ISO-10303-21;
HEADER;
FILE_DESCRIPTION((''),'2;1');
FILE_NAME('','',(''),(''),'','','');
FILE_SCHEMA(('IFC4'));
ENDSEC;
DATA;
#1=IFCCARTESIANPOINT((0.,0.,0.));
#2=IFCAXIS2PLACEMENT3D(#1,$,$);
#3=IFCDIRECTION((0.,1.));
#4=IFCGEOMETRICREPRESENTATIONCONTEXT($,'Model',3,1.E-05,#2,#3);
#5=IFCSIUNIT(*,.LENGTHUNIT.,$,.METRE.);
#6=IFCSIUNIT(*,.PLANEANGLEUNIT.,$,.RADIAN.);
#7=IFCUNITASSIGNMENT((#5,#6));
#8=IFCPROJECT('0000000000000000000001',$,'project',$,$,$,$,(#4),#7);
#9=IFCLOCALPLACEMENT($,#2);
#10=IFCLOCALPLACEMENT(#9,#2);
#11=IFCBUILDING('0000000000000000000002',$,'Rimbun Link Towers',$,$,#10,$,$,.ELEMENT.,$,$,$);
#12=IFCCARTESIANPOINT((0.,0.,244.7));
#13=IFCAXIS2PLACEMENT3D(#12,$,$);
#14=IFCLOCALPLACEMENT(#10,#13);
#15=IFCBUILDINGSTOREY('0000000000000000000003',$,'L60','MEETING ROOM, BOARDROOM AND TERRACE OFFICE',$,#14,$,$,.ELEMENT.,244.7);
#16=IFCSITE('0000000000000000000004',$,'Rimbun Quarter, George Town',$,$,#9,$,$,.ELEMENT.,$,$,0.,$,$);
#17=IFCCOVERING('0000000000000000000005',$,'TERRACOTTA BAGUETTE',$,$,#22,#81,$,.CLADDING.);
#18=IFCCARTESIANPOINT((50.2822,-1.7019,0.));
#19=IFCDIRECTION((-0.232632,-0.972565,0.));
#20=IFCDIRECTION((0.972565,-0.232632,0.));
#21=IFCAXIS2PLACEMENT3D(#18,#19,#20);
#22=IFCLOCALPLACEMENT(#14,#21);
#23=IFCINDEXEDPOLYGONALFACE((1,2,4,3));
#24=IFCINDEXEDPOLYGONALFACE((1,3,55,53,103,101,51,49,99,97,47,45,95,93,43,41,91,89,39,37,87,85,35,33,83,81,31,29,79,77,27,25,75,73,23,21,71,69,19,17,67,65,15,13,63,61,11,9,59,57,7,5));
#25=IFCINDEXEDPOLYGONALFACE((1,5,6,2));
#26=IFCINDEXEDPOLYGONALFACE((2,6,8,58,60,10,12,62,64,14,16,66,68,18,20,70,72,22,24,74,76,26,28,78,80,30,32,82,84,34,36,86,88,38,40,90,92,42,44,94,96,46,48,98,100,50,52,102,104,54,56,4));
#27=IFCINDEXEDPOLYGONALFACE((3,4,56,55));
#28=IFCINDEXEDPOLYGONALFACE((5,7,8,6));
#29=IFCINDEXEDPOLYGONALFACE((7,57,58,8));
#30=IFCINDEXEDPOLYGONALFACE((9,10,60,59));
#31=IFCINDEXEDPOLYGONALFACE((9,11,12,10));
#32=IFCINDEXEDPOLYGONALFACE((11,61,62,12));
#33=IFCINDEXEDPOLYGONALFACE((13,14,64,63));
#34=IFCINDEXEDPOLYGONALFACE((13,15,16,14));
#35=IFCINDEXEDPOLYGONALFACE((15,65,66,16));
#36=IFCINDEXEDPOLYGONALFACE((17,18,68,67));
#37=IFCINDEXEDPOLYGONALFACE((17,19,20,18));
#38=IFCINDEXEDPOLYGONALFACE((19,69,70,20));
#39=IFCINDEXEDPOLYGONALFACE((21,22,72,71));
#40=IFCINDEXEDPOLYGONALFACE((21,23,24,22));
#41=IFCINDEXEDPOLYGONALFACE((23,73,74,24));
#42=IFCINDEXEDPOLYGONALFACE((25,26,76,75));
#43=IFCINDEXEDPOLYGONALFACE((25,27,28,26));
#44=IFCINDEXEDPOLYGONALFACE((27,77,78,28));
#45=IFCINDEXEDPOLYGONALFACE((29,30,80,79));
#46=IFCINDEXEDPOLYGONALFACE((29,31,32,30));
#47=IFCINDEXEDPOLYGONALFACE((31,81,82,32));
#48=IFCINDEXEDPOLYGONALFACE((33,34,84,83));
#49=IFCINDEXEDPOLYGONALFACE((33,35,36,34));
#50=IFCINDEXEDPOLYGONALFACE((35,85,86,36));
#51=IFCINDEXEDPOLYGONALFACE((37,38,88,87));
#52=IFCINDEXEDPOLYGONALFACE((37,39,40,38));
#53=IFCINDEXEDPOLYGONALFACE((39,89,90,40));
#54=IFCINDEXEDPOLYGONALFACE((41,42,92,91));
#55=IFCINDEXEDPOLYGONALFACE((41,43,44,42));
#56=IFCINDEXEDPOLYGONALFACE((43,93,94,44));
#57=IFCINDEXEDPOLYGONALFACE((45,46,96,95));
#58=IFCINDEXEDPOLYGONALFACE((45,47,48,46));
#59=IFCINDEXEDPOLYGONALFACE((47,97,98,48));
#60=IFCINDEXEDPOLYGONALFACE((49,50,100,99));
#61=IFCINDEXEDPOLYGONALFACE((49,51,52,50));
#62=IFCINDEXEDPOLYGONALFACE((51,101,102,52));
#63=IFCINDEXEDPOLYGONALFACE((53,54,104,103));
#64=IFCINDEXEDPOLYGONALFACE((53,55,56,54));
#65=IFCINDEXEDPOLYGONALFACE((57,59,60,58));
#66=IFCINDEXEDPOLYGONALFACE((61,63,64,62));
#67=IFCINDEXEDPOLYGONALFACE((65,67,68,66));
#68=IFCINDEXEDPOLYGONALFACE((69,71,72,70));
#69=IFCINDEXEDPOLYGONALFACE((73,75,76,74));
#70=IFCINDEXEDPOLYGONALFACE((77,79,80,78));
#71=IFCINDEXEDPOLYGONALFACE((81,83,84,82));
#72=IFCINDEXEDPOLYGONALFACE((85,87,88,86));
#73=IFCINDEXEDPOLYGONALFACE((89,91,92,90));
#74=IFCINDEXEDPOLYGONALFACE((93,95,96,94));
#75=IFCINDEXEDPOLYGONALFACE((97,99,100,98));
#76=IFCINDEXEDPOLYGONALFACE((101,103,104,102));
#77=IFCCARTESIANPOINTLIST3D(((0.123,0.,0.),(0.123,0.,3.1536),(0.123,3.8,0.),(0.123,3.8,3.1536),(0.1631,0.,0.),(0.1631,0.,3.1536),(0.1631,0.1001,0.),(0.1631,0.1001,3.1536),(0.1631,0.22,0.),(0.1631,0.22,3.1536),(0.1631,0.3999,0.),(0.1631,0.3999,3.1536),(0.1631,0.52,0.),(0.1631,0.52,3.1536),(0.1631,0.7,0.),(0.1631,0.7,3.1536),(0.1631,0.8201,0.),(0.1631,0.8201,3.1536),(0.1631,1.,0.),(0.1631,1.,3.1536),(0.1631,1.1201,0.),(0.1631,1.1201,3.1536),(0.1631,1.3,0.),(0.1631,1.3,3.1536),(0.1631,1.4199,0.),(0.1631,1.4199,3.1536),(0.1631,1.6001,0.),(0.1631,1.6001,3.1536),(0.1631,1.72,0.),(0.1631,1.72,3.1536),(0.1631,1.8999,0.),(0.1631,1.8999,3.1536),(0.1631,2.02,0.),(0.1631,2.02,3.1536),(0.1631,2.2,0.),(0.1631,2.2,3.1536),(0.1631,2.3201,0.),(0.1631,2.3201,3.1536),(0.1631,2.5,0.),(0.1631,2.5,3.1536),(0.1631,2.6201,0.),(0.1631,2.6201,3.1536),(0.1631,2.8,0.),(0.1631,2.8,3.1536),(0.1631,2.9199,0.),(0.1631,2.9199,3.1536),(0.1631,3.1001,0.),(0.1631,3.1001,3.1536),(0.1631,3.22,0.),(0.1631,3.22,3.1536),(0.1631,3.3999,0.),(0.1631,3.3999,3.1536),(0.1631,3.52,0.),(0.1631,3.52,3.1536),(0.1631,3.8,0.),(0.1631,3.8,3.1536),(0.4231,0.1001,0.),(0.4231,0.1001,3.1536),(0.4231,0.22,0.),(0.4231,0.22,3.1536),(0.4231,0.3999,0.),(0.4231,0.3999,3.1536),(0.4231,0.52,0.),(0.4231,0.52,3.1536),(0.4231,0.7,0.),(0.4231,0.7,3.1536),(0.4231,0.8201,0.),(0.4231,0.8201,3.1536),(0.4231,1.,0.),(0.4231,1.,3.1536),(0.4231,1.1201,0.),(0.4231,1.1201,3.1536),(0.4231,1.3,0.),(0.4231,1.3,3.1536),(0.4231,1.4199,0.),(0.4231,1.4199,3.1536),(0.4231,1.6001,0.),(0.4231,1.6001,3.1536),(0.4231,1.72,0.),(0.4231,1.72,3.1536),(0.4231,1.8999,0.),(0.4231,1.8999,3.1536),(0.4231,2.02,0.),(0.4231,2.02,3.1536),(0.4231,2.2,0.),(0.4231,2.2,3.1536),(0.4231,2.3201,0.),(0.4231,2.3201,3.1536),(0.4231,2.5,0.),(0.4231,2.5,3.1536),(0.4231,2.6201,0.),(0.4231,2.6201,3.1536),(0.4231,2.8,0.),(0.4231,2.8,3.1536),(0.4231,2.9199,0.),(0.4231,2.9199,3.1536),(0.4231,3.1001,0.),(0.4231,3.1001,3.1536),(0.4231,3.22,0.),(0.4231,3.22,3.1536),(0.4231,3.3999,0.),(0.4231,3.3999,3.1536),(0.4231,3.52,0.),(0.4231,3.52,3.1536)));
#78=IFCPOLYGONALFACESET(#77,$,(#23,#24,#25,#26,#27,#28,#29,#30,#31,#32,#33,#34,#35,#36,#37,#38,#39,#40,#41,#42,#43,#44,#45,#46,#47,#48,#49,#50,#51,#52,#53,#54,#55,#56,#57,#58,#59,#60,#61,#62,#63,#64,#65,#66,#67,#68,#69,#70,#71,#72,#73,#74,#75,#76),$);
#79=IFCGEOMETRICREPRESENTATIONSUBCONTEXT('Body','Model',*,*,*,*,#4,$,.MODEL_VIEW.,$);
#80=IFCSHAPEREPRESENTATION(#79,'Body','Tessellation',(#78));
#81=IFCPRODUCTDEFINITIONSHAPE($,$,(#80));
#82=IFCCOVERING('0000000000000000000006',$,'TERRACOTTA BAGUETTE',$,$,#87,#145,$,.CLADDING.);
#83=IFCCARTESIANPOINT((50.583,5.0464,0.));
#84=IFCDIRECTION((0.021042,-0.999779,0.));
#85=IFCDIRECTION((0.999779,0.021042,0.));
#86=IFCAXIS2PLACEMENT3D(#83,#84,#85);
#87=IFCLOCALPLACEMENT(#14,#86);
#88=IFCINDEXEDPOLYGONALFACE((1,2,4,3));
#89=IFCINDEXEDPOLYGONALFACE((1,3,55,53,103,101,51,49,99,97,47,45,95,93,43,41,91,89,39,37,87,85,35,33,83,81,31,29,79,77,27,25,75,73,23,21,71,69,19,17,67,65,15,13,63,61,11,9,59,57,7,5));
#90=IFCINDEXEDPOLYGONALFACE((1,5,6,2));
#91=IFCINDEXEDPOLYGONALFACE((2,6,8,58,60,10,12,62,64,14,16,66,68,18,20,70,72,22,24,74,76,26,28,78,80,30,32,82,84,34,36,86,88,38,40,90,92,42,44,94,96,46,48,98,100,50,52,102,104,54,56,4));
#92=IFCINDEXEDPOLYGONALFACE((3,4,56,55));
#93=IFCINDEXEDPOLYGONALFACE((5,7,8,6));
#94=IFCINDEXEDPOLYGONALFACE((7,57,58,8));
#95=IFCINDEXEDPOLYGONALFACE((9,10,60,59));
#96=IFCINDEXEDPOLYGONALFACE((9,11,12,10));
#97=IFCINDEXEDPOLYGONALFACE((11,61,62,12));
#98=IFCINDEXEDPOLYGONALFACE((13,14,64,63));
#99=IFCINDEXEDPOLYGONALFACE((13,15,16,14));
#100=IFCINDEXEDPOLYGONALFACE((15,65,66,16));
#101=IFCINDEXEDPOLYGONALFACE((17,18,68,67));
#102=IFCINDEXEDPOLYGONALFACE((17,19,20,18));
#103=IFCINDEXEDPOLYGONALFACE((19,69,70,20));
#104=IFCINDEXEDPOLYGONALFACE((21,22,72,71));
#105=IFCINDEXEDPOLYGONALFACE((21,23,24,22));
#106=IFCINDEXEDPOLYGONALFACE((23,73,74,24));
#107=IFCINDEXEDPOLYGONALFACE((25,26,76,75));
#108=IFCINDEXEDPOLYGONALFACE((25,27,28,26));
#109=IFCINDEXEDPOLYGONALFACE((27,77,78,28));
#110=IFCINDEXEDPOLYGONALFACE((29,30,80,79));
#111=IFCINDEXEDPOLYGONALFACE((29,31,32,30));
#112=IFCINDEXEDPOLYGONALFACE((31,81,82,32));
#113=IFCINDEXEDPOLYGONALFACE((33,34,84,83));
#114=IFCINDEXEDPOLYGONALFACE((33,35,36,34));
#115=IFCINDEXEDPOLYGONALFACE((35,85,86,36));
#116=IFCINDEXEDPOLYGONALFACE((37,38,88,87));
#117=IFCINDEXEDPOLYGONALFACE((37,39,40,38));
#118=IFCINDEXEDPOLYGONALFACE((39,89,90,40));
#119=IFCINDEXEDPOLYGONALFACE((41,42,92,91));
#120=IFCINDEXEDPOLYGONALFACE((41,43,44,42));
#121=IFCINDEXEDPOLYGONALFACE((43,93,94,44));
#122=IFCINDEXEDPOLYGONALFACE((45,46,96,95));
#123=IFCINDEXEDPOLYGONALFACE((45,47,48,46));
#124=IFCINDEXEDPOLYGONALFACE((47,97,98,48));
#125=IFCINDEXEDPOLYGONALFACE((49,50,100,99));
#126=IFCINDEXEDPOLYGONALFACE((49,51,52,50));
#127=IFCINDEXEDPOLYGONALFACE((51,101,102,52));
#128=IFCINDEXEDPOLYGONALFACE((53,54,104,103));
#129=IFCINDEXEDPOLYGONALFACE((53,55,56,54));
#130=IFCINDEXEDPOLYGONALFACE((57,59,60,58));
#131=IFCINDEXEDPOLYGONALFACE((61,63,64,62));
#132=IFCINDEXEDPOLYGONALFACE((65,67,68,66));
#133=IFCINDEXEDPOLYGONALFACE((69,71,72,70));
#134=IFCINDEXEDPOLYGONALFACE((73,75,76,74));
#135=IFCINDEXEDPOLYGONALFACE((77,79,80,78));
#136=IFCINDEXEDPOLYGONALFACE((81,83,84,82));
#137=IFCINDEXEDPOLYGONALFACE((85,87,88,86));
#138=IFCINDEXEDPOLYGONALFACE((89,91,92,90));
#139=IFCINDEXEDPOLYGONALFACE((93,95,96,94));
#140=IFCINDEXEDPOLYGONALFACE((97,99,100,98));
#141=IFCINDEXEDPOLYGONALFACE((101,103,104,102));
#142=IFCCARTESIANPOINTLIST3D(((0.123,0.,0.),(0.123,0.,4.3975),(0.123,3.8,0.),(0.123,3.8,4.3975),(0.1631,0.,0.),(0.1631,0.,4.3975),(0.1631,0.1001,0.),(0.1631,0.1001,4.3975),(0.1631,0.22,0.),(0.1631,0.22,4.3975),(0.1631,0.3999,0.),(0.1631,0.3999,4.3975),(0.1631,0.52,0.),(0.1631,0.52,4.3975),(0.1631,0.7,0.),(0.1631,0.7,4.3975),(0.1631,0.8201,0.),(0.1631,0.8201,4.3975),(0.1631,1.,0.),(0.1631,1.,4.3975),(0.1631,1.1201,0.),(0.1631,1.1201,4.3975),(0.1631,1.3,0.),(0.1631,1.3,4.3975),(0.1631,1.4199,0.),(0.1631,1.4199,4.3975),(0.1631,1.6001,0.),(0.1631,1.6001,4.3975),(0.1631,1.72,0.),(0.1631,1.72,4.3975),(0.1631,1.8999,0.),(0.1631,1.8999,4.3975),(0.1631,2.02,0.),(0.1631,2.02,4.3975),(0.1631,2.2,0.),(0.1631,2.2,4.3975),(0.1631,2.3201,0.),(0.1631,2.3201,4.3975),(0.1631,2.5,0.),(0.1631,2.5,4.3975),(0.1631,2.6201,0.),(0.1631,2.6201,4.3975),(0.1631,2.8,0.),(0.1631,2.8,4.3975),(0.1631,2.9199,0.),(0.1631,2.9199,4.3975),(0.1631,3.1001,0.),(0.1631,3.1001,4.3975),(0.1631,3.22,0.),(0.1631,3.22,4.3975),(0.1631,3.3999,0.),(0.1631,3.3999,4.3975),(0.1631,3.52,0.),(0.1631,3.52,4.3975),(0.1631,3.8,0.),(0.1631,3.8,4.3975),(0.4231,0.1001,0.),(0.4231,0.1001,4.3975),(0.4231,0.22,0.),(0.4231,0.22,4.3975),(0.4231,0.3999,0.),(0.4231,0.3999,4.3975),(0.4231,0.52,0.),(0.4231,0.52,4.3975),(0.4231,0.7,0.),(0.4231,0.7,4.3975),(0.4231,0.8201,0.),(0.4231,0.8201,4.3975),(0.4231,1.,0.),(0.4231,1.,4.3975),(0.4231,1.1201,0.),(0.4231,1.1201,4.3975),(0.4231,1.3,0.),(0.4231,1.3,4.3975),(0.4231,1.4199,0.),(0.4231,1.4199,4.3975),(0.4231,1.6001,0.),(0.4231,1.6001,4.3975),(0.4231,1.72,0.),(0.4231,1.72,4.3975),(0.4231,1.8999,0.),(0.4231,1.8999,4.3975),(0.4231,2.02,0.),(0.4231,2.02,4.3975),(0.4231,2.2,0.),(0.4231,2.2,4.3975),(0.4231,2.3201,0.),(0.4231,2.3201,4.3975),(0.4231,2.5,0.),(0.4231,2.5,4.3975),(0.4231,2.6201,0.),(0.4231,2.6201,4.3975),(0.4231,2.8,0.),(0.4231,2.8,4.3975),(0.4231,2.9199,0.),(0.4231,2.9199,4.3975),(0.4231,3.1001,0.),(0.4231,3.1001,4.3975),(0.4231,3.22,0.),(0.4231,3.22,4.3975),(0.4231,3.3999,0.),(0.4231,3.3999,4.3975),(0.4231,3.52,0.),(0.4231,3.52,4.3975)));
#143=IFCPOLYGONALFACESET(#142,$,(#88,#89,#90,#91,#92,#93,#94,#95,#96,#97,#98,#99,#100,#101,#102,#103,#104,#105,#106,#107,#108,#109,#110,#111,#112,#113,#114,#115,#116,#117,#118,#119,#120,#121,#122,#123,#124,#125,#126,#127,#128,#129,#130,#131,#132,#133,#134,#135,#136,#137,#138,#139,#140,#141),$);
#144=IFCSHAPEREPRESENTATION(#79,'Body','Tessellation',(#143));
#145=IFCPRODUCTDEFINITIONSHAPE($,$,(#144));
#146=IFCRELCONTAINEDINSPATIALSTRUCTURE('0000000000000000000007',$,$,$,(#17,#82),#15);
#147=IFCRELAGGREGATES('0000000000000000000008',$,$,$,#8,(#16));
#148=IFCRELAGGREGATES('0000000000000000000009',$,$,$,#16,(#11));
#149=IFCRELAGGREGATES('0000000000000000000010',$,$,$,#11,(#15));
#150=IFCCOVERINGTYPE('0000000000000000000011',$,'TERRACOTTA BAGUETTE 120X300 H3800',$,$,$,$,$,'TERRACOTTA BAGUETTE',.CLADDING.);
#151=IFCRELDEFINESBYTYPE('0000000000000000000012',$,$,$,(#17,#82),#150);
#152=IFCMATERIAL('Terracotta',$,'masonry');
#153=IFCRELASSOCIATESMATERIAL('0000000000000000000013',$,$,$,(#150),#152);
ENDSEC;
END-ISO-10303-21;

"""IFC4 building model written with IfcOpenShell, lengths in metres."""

from ifc_helpers import new_model, si_unit, direction, frame, origin, place, context, subcontext, project, spatial, polyline, outline, extrude, material, material_profile, profile_set, type_object, element, save


model = new_model("IFC4")

# Units and contexts
model_context = context("Model", 3, precision=1e-05, world=origin(), true_north=direction((0.0, 1.0)))
body_context = subcontext(model_context, "Body", "Model", "MODEL_VIEW")
ifc_project = project(units=[si_unit("LENGTHUNIT", "METRE"), si_unit("PLANEANGLEUNIT", "RADIAN")], contexts=[model_context])

# Site, building, storey
site_placement = place(None, origin())
site = spatial("IfcSite", under=ifc_project, at=site_placement, Name="Rimbun Quarter, George Town", CompositionType="ELEMENT", RefElevation=0.0)
building_placement = place(site_placement, origin())
building = spatial("IfcBuilding", under=site, at=building_placement, Name="Rimbun Link Towers", CompositionType="ELEMENT")
storey_placement = place(building_placement, frame((0.0, 0.0, 244.7)))
storey = spatial("IfcBuildingStorey", under=building, at=storey_placement, Name="L60", Description="MEETING ROOM, BOARDROOM AND TERRACE OFFICE", CompositionType="ELEMENT", Elevation=244.7)

# Coverings
ifc_material_1 = material(Name="Terracotta", Category="masonry")
ifc_material_profile_1 = material_profile(ifc_material_1, outline(polyline([(0.123, 0.0), (0.1631, 0.0), (0.1631, 0.1001), (0.4231, 0.1001), (0.4231, 0.22), (0.1631, 0.22), (0.1631, 0.3999), (0.4231, 0.3999), (0.4231, 0.52), (0.1631, 0.52), (0.1631, 0.7), (0.4231, 0.7), (0.4231, 0.8201), (0.1631, 0.8201), (0.1631, 1.0), (0.4231, 1.0), (0.4231, 1.1201), (0.1631, 1.1201), (0.1631, 1.3), (0.4231, 1.3), (0.4231, 1.4199), (0.1631, 1.4199), (0.1631, 1.6001), (0.4231, 1.6001), (0.4231, 1.72), (0.1631, 1.72), (0.1631, 1.8999), (0.4231, 1.8999), (0.4231, 2.02), (0.1631, 2.02), (0.1631, 2.2), (0.4231, 2.2), (0.4231, 2.3201), (0.1631, 2.3201), (0.1631, 2.5), (0.4231, 2.5), (0.4231, 2.6201), (0.1631, 2.6201), (0.1631, 2.8), (0.4231, 2.8), (0.4231, 2.9199), (0.1631, 2.9199), (0.1631, 3.1001), (0.4231, 3.1001), (0.4231, 3.22), (0.1631, 3.22), (0.1631, 3.3999), (0.4231, 3.3999), (0.4231, 3.52), (0.1631, 3.52), (0.1631, 3.8), (0.123, 3.8), (0.123, 0.0)])), Name="BAGUETTE 120X300")
ifc_profile_set_1 = profile_set([ifc_material_profile_1], Name="Terracotta")
covering_type = type_object("IfcCoveringType", Name="TERRACOTTA BAGUETTE 120X300 H3800", ElementType="TERRACOTTA BAGUETTE", PredefinedType="CLADDING", material=ifc_profile_set_1)
covering_1_placement = place(storey_placement, frame((50.2822, -1.7019, 0.0), z_axis=(-0.232632, -0.972565, 0.0), x_axis=(0.972565, -0.232632, 0.0)))
element("IfcCovering", 1, at=covering_1_placement, inside=storey, type_object=covering_type, Name="TERRACOTTA BAGUETTE", PredefinedType="CLADDING", context=body_context, shape_type="SweptSolid", body=[
    extrude(outline(polyline([(0.123, 0.0), (0.1631, 0.0), (0.1631, 0.1001), (0.4231, 0.1001), (0.4231, 0.22), (0.1631, 0.22), (0.1631, 0.3999), (0.4231, 0.3999), (0.4231, 0.52), (0.1631, 0.52), (0.1631, 0.7), (0.4231, 0.7), (0.4231, 0.8201), (0.1631, 0.8201), (0.1631, 1.0), (0.4231, 1.0), (0.4231, 1.1201), (0.1631, 1.1201), (0.1631, 1.3), (0.4231, 1.3), (0.4231, 1.4199), (0.1631, 1.4199), (0.1631, 1.6001), (0.4231, 1.6001), (0.4231, 1.72), (0.1631, 1.72), (0.1631, 1.8999), (0.4231, 1.8999), (0.4231, 2.02), (0.1631, 2.02), (0.1631, 2.2), (0.4231, 2.2), (0.4231, 2.3201), (0.1631, 2.3201), (0.1631, 2.5), (0.4231, 2.5), (0.4231, 2.6201), (0.1631, 2.6201), (0.1631, 2.8), (0.4231, 2.8), (0.4231, 2.9199), (0.1631, 2.9199), (0.1631, 3.1001), (0.4231, 3.1001), (0.4231, 3.22), (0.1631, 3.22), (0.1631, 3.3999), (0.4231, 3.3999), (0.4231, 3.52), (0.1631, 3.52), (0.1631, 3.8), (0.123, 3.8), (0.123, 0.0)])), origin(), (0.0, 0.0, 1.0), 3.1536),
])
covering_2_placement = place(storey_placement, frame((50.583, 5.0464, 0.0), z_axis=(0.021042, -0.999779, 0.0), x_axis=(0.999779, 0.021042, 0.0)))
element("IfcCovering", 2, at=covering_2_placement, inside=storey, type_object=covering_type, Name="TERRACOTTA BAGUETTE", PredefinedType="CLADDING", context=body_context, shape_type="SweptSolid", body=[
    extrude(outline(polyline([(0.123, 0.0), (0.1631, 0.0), (0.1631, 0.1001), (0.4231, 0.1001), (0.4231, 0.22), (0.1631, 0.22), (0.1631, 0.3999), (0.4231, 0.3999), (0.4231, 0.52), (0.1631, 0.52), (0.1631, 0.7), (0.4231, 0.7), (0.4231, 0.8201), (0.1631, 0.8201), (0.1631, 1.0), (0.4231, 1.0), (0.4231, 1.1201), (0.1631, 1.1201), (0.1631, 1.3), (0.4231, 1.3), (0.4231, 1.4199), (0.1631, 1.4199), (0.1631, 1.6001), (0.4231, 1.6001), (0.4231, 1.72), (0.1631, 1.72), (0.1631, 1.8999), (0.4231, 1.8999), (0.4231, 2.02), (0.1631, 2.02), (0.1631, 2.2), (0.4231, 2.2), (0.4231, 2.3201), (0.1631, 2.3201), (0.1631, 2.5), (0.4231, 2.5), (0.4231, 2.6201), (0.1631, 2.6201), (0.1631, 2.8), (0.4231, 2.8), (0.4231, 2.9199), (0.1631, 2.9199), (0.1631, 3.1001), (0.4231, 3.1001), (0.4231, 3.22), (0.1631, 3.22), (0.1631, 3.3999), (0.4231, 3.3999), (0.4231, 3.52), (0.1631, 3.52), (0.1631, 3.8), (0.123, 3.8), (0.123, 0.0)])), origin(), (0.0, 0.0, 1.0), 4.3975),
])

save(model, "model.ifc")
